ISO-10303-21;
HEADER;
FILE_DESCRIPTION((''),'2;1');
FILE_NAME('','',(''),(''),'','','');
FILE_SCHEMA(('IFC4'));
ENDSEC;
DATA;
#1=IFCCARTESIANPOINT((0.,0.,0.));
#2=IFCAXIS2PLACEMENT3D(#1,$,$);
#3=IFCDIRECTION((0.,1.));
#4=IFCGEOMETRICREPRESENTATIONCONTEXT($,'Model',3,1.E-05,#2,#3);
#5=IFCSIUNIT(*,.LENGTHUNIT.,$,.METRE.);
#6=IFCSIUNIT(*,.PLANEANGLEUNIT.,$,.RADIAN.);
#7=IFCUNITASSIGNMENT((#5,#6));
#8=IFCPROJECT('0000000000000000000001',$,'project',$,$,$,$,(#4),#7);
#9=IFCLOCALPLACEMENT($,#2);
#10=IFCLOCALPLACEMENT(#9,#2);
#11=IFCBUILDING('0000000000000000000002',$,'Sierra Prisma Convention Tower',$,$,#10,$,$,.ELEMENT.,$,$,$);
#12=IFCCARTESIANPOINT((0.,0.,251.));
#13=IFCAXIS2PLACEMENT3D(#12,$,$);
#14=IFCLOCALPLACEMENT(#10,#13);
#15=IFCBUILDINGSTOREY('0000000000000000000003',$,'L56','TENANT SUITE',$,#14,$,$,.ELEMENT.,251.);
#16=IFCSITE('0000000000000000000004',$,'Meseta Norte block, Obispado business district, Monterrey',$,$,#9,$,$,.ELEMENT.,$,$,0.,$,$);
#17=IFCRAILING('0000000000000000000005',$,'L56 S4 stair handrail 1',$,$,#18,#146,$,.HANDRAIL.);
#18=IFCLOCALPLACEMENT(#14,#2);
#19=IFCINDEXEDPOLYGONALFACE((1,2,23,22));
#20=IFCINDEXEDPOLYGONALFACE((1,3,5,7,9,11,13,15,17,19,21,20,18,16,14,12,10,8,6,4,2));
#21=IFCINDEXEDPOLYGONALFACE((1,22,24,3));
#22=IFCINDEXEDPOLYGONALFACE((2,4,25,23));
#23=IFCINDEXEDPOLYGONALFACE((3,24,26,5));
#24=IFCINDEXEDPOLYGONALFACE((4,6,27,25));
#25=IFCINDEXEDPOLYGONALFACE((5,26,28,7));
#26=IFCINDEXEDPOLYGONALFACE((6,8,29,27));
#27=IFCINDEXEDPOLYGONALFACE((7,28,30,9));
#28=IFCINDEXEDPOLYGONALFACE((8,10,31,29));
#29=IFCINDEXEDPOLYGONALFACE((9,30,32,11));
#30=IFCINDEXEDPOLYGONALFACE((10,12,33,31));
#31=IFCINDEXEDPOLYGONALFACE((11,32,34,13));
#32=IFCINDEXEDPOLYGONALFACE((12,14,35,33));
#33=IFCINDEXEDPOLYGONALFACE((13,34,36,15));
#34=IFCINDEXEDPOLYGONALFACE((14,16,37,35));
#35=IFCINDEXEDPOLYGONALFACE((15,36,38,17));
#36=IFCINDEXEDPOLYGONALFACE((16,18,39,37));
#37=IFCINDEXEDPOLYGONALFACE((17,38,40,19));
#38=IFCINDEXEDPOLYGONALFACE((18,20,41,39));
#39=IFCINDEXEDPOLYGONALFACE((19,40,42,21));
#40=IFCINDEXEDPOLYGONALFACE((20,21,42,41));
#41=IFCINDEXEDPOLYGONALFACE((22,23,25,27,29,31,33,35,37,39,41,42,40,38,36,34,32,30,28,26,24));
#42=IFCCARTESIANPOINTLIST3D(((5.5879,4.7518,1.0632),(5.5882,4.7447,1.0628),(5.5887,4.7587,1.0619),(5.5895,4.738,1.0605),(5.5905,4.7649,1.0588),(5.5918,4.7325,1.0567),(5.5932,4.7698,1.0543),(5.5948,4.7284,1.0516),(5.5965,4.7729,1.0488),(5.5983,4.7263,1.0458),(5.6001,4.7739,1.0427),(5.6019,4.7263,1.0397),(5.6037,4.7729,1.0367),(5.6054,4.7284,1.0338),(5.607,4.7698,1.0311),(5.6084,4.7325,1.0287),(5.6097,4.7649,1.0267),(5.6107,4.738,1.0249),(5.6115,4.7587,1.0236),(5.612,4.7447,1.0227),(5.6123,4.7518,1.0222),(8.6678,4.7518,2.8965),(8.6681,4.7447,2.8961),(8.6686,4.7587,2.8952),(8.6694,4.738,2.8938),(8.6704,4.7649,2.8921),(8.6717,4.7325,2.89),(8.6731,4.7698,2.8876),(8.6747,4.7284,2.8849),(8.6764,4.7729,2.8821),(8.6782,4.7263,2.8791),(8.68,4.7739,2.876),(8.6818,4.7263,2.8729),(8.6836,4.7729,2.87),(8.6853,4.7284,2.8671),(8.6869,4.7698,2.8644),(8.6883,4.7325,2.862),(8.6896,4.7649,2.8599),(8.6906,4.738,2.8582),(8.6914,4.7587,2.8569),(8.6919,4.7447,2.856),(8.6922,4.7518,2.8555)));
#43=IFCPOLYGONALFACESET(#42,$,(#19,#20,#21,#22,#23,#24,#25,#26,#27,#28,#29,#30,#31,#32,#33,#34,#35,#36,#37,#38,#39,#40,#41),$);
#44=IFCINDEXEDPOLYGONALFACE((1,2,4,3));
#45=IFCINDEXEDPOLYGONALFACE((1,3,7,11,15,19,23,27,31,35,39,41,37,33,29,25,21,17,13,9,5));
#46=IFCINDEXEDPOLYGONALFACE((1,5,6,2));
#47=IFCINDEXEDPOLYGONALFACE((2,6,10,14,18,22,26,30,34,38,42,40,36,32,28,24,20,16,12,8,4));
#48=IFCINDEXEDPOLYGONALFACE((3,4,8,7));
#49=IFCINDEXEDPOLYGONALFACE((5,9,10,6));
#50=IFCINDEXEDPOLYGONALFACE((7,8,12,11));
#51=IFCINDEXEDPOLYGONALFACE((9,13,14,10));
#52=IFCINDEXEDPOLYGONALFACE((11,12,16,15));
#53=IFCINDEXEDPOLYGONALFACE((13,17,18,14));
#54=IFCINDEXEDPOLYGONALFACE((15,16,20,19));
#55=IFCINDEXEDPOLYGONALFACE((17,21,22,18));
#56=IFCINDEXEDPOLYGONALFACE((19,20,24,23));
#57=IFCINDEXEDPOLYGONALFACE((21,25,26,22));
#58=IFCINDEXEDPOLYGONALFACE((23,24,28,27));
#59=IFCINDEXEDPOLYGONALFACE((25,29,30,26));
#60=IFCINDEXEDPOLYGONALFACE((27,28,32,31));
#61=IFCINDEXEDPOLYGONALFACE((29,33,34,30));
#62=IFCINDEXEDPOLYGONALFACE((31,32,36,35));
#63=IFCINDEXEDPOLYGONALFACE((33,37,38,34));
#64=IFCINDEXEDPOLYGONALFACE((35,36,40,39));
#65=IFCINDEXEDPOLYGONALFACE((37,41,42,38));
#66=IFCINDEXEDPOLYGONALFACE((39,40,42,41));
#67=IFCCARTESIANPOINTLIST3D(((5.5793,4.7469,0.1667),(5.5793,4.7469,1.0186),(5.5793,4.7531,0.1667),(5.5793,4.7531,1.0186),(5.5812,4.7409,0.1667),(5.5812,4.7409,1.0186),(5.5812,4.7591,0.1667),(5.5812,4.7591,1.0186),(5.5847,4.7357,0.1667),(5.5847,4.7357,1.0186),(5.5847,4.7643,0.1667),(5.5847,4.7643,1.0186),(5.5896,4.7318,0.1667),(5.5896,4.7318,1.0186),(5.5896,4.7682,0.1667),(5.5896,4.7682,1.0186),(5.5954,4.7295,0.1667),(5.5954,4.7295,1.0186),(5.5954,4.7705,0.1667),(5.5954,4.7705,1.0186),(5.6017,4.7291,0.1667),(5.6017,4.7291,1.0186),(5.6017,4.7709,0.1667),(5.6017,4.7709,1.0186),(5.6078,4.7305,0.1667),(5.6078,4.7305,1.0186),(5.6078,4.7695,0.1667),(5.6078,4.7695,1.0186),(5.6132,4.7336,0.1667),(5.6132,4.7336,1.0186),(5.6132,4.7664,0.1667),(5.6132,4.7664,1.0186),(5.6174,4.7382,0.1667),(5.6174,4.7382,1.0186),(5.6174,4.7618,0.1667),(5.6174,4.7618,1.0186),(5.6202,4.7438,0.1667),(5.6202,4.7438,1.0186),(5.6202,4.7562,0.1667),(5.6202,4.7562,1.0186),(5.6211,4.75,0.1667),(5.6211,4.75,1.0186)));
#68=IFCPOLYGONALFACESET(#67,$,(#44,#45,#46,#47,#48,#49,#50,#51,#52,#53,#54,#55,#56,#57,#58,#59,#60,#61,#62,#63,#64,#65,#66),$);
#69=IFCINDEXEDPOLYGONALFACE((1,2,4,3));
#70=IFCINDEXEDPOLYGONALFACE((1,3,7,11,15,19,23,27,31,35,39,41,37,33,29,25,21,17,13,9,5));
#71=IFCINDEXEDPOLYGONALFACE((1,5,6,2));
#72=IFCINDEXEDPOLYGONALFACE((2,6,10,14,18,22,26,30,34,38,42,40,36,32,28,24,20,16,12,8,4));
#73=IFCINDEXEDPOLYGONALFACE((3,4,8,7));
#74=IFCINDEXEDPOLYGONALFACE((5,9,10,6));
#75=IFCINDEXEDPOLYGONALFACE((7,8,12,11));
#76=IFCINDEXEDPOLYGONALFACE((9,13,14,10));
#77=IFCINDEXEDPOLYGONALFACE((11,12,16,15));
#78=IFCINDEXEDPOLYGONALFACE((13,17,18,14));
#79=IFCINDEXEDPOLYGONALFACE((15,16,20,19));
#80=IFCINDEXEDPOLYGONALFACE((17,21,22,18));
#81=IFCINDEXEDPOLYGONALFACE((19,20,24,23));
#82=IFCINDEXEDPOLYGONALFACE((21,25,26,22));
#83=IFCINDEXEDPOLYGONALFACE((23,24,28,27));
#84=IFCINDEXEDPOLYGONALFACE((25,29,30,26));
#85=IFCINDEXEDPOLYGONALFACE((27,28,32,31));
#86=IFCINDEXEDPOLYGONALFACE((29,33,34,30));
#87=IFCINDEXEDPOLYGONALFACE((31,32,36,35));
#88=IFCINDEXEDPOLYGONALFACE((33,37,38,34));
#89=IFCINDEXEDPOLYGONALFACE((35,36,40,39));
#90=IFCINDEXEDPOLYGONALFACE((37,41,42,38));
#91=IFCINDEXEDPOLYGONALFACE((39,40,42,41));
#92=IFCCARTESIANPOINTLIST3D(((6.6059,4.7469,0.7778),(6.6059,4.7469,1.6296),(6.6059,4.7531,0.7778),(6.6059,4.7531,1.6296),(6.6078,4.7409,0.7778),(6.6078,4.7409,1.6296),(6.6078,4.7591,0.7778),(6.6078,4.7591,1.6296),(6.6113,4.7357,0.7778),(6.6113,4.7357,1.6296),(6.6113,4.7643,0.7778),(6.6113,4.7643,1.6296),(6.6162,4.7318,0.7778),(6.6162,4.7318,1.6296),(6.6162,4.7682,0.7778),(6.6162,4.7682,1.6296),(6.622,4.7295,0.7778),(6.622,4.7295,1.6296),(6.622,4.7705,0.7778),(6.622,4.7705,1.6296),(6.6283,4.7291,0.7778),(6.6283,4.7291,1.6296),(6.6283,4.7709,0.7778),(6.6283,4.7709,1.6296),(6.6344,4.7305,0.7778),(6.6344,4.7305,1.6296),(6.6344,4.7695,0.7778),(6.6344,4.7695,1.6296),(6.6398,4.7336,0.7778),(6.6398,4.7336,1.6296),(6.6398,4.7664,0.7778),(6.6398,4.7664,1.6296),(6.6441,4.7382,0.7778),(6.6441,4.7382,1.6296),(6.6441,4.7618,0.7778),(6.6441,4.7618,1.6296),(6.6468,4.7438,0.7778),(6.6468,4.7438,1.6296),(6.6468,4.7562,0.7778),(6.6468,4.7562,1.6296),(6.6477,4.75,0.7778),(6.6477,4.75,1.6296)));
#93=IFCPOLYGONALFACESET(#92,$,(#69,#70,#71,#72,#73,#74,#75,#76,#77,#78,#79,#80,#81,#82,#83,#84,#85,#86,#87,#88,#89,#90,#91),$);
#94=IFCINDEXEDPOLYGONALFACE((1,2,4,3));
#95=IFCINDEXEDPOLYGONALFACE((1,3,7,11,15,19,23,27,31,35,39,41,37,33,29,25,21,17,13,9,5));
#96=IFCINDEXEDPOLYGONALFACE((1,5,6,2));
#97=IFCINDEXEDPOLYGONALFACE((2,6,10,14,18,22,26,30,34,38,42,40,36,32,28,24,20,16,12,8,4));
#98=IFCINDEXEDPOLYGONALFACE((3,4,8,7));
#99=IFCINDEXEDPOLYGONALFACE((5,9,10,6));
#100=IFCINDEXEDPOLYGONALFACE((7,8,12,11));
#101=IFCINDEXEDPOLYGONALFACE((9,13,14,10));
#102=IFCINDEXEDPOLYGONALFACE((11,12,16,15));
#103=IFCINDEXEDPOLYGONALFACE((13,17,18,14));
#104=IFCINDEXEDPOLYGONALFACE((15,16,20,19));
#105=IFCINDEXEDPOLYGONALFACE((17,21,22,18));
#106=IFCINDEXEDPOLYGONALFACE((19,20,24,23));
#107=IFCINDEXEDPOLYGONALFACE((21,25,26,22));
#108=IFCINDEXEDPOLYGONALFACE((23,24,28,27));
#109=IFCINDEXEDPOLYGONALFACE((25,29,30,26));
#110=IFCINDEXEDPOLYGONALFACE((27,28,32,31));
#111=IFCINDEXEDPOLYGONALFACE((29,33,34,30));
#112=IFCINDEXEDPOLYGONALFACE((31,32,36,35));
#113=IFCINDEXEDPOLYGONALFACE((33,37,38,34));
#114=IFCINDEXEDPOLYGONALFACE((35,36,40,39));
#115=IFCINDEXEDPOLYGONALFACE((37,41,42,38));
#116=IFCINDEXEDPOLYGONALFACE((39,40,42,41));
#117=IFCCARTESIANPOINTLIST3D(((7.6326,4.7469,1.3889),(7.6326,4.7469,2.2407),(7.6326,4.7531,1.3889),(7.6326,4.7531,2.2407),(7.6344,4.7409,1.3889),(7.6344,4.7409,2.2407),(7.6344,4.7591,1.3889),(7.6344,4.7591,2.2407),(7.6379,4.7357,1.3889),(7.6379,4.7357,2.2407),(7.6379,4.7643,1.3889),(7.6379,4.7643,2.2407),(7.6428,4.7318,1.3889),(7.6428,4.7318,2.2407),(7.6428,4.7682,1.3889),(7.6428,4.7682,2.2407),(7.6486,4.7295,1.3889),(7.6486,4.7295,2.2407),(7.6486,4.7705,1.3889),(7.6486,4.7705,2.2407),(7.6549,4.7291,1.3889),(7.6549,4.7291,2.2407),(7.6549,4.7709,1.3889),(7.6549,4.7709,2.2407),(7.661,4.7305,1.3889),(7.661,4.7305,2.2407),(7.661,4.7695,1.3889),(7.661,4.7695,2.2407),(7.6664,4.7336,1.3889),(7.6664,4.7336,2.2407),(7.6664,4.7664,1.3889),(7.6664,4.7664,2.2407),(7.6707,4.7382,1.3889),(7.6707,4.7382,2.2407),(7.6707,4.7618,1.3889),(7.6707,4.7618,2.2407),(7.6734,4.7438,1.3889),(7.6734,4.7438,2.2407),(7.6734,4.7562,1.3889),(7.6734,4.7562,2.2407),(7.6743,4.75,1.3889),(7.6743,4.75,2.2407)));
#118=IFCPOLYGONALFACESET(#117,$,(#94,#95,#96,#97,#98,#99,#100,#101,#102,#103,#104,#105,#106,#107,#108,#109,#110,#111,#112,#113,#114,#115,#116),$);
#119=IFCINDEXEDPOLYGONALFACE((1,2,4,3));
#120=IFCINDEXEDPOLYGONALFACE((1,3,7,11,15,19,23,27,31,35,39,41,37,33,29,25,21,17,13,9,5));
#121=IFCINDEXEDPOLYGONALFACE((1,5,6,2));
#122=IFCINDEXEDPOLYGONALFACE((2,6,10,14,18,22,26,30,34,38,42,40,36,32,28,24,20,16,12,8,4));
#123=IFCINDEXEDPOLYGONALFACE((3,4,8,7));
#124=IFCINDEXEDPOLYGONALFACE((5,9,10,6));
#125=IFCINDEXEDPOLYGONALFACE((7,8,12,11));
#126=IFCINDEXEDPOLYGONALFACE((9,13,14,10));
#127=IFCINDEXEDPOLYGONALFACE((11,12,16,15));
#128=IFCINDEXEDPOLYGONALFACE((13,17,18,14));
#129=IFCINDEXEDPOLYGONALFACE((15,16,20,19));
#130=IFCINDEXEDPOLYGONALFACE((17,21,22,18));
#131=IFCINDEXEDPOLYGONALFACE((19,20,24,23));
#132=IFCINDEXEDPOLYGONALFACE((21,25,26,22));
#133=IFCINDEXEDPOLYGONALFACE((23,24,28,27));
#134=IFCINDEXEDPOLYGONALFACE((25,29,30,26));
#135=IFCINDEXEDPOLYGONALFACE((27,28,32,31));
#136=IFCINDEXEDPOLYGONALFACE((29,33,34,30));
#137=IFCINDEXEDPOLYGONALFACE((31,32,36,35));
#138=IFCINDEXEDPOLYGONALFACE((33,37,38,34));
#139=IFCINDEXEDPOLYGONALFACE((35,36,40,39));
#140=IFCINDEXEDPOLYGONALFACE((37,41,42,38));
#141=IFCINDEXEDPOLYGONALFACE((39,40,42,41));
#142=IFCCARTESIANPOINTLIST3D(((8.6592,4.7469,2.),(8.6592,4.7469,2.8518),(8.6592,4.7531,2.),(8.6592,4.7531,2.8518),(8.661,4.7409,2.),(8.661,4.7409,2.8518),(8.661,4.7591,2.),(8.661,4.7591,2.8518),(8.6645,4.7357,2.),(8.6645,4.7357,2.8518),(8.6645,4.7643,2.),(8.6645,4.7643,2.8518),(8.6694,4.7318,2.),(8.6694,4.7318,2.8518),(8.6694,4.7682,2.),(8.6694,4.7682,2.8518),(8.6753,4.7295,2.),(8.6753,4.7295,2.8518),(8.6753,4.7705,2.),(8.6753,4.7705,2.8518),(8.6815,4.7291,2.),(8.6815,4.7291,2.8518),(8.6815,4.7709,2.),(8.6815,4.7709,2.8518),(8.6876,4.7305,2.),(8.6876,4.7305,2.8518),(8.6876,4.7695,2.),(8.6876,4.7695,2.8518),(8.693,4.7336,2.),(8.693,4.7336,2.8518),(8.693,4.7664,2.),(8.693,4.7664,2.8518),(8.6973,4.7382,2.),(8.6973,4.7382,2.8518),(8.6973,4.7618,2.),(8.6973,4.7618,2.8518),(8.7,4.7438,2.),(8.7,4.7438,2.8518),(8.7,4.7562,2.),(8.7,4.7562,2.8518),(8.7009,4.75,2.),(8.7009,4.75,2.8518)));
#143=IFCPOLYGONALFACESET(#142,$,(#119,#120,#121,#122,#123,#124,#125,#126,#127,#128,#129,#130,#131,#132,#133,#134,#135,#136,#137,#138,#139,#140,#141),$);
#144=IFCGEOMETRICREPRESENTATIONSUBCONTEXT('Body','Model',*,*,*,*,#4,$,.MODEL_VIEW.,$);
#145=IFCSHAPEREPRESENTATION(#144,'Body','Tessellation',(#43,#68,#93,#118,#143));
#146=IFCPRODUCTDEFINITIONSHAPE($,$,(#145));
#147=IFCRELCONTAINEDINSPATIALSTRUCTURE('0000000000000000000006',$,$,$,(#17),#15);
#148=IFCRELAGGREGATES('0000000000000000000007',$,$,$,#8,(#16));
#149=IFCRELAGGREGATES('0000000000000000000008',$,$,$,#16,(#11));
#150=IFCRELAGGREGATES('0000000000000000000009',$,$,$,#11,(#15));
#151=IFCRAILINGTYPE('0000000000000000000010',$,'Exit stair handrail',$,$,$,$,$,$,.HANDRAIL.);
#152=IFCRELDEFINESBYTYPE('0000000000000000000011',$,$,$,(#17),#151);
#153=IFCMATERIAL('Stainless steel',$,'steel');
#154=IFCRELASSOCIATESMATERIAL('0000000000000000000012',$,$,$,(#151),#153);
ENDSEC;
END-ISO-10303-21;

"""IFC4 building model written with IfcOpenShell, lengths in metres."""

from ifc_helpers import new_model, si_unit, direction, frame, origin, origin_2d, place, context, subcontext, project, spatial, circle, extrude, material, type_object, element, save


model = new_model("IFC4")

# Units and contexts
model_context = context("Model", 3, precision=1e-05, world=origin(), true_north=direction((0.0, 1.0)))
body_context = subcontext(model_context, "Body", "Model", "MODEL_VIEW")
ifc_project = project(units=[si_unit("LENGTHUNIT", "METRE"), si_unit("PLANEANGLEUNIT", "RADIAN")], contexts=[model_context])

# Site, building, storey
site_placement = place(None, origin())
site = spatial("IfcSite", under=ifc_project, at=site_placement, Name="Meseta Norte block, Obispado business district, Monterrey", CompositionType="ELEMENT", RefElevation=0.0)
building_placement = place(site_placement, origin())
building = spatial("IfcBuilding", under=site, at=building_placement, Name="Sierra Prisma Convention Tower", CompositionType="ELEMENT")
storey_placement = place(building_placement, frame((0.0, 0.0, 251.0)))
storey = spatial("IfcBuildingStorey", under=building, at=storey_placement, Name="L56", Description="TENANT SUITE", CompositionType="ELEMENT", Elevation=251.0)

# Railing
ifc_material_1 = material(Name="Stainless steel", Category="steel")
railing_type_1 = type_object("IfcRailingType", Name="Exit stair handrail", PredefinedType="HANDRAIL", material=ifc_material_1)
railing_1_placement = place(storey_placement, frame((5.6001, 4.75, 0.1667)))
element("IfcRailing", 1, at=railing_1_placement, inside=storey, type_object=railing_type_1, Name="L56 S4 stair handrail 1", PredefinedType="HANDRAIL", context=body_context, shape_type="SweptSolid", body=[
    extrude(circle(Radius=0.0239, at=origin_2d()), frame((0.0, 0.0, 0.876), z_axis=(0.859291, 0.0, 0.511487), x_axis=(0.0, 1.0, 0.0)), (0.0, 0.0, 1.0), 3.5842),
    extrude(circle(Radius=0.021, at=origin_2d()), origin(), (0.0, 0.0, 1.0), 0.8518),
    extrude(circle(Radius=0.021, at=origin_2d()), frame((1.0266, 0.0, 0.6111)), (0.0, 0.0, 1.0), 0.8518),
    extrude(circle(Radius=0.021, at=origin_2d()), frame((2.0532, 0.0, 1.2222)), (0.0, 0.0, 1.0), 0.8518),
    extrude(circle(Radius=0.021, at=origin_2d()), frame((3.0798, 0.0, 1.8333)), (0.0, 0.0, 1.0), 0.8518),
])

save(model, "model.ifc")
